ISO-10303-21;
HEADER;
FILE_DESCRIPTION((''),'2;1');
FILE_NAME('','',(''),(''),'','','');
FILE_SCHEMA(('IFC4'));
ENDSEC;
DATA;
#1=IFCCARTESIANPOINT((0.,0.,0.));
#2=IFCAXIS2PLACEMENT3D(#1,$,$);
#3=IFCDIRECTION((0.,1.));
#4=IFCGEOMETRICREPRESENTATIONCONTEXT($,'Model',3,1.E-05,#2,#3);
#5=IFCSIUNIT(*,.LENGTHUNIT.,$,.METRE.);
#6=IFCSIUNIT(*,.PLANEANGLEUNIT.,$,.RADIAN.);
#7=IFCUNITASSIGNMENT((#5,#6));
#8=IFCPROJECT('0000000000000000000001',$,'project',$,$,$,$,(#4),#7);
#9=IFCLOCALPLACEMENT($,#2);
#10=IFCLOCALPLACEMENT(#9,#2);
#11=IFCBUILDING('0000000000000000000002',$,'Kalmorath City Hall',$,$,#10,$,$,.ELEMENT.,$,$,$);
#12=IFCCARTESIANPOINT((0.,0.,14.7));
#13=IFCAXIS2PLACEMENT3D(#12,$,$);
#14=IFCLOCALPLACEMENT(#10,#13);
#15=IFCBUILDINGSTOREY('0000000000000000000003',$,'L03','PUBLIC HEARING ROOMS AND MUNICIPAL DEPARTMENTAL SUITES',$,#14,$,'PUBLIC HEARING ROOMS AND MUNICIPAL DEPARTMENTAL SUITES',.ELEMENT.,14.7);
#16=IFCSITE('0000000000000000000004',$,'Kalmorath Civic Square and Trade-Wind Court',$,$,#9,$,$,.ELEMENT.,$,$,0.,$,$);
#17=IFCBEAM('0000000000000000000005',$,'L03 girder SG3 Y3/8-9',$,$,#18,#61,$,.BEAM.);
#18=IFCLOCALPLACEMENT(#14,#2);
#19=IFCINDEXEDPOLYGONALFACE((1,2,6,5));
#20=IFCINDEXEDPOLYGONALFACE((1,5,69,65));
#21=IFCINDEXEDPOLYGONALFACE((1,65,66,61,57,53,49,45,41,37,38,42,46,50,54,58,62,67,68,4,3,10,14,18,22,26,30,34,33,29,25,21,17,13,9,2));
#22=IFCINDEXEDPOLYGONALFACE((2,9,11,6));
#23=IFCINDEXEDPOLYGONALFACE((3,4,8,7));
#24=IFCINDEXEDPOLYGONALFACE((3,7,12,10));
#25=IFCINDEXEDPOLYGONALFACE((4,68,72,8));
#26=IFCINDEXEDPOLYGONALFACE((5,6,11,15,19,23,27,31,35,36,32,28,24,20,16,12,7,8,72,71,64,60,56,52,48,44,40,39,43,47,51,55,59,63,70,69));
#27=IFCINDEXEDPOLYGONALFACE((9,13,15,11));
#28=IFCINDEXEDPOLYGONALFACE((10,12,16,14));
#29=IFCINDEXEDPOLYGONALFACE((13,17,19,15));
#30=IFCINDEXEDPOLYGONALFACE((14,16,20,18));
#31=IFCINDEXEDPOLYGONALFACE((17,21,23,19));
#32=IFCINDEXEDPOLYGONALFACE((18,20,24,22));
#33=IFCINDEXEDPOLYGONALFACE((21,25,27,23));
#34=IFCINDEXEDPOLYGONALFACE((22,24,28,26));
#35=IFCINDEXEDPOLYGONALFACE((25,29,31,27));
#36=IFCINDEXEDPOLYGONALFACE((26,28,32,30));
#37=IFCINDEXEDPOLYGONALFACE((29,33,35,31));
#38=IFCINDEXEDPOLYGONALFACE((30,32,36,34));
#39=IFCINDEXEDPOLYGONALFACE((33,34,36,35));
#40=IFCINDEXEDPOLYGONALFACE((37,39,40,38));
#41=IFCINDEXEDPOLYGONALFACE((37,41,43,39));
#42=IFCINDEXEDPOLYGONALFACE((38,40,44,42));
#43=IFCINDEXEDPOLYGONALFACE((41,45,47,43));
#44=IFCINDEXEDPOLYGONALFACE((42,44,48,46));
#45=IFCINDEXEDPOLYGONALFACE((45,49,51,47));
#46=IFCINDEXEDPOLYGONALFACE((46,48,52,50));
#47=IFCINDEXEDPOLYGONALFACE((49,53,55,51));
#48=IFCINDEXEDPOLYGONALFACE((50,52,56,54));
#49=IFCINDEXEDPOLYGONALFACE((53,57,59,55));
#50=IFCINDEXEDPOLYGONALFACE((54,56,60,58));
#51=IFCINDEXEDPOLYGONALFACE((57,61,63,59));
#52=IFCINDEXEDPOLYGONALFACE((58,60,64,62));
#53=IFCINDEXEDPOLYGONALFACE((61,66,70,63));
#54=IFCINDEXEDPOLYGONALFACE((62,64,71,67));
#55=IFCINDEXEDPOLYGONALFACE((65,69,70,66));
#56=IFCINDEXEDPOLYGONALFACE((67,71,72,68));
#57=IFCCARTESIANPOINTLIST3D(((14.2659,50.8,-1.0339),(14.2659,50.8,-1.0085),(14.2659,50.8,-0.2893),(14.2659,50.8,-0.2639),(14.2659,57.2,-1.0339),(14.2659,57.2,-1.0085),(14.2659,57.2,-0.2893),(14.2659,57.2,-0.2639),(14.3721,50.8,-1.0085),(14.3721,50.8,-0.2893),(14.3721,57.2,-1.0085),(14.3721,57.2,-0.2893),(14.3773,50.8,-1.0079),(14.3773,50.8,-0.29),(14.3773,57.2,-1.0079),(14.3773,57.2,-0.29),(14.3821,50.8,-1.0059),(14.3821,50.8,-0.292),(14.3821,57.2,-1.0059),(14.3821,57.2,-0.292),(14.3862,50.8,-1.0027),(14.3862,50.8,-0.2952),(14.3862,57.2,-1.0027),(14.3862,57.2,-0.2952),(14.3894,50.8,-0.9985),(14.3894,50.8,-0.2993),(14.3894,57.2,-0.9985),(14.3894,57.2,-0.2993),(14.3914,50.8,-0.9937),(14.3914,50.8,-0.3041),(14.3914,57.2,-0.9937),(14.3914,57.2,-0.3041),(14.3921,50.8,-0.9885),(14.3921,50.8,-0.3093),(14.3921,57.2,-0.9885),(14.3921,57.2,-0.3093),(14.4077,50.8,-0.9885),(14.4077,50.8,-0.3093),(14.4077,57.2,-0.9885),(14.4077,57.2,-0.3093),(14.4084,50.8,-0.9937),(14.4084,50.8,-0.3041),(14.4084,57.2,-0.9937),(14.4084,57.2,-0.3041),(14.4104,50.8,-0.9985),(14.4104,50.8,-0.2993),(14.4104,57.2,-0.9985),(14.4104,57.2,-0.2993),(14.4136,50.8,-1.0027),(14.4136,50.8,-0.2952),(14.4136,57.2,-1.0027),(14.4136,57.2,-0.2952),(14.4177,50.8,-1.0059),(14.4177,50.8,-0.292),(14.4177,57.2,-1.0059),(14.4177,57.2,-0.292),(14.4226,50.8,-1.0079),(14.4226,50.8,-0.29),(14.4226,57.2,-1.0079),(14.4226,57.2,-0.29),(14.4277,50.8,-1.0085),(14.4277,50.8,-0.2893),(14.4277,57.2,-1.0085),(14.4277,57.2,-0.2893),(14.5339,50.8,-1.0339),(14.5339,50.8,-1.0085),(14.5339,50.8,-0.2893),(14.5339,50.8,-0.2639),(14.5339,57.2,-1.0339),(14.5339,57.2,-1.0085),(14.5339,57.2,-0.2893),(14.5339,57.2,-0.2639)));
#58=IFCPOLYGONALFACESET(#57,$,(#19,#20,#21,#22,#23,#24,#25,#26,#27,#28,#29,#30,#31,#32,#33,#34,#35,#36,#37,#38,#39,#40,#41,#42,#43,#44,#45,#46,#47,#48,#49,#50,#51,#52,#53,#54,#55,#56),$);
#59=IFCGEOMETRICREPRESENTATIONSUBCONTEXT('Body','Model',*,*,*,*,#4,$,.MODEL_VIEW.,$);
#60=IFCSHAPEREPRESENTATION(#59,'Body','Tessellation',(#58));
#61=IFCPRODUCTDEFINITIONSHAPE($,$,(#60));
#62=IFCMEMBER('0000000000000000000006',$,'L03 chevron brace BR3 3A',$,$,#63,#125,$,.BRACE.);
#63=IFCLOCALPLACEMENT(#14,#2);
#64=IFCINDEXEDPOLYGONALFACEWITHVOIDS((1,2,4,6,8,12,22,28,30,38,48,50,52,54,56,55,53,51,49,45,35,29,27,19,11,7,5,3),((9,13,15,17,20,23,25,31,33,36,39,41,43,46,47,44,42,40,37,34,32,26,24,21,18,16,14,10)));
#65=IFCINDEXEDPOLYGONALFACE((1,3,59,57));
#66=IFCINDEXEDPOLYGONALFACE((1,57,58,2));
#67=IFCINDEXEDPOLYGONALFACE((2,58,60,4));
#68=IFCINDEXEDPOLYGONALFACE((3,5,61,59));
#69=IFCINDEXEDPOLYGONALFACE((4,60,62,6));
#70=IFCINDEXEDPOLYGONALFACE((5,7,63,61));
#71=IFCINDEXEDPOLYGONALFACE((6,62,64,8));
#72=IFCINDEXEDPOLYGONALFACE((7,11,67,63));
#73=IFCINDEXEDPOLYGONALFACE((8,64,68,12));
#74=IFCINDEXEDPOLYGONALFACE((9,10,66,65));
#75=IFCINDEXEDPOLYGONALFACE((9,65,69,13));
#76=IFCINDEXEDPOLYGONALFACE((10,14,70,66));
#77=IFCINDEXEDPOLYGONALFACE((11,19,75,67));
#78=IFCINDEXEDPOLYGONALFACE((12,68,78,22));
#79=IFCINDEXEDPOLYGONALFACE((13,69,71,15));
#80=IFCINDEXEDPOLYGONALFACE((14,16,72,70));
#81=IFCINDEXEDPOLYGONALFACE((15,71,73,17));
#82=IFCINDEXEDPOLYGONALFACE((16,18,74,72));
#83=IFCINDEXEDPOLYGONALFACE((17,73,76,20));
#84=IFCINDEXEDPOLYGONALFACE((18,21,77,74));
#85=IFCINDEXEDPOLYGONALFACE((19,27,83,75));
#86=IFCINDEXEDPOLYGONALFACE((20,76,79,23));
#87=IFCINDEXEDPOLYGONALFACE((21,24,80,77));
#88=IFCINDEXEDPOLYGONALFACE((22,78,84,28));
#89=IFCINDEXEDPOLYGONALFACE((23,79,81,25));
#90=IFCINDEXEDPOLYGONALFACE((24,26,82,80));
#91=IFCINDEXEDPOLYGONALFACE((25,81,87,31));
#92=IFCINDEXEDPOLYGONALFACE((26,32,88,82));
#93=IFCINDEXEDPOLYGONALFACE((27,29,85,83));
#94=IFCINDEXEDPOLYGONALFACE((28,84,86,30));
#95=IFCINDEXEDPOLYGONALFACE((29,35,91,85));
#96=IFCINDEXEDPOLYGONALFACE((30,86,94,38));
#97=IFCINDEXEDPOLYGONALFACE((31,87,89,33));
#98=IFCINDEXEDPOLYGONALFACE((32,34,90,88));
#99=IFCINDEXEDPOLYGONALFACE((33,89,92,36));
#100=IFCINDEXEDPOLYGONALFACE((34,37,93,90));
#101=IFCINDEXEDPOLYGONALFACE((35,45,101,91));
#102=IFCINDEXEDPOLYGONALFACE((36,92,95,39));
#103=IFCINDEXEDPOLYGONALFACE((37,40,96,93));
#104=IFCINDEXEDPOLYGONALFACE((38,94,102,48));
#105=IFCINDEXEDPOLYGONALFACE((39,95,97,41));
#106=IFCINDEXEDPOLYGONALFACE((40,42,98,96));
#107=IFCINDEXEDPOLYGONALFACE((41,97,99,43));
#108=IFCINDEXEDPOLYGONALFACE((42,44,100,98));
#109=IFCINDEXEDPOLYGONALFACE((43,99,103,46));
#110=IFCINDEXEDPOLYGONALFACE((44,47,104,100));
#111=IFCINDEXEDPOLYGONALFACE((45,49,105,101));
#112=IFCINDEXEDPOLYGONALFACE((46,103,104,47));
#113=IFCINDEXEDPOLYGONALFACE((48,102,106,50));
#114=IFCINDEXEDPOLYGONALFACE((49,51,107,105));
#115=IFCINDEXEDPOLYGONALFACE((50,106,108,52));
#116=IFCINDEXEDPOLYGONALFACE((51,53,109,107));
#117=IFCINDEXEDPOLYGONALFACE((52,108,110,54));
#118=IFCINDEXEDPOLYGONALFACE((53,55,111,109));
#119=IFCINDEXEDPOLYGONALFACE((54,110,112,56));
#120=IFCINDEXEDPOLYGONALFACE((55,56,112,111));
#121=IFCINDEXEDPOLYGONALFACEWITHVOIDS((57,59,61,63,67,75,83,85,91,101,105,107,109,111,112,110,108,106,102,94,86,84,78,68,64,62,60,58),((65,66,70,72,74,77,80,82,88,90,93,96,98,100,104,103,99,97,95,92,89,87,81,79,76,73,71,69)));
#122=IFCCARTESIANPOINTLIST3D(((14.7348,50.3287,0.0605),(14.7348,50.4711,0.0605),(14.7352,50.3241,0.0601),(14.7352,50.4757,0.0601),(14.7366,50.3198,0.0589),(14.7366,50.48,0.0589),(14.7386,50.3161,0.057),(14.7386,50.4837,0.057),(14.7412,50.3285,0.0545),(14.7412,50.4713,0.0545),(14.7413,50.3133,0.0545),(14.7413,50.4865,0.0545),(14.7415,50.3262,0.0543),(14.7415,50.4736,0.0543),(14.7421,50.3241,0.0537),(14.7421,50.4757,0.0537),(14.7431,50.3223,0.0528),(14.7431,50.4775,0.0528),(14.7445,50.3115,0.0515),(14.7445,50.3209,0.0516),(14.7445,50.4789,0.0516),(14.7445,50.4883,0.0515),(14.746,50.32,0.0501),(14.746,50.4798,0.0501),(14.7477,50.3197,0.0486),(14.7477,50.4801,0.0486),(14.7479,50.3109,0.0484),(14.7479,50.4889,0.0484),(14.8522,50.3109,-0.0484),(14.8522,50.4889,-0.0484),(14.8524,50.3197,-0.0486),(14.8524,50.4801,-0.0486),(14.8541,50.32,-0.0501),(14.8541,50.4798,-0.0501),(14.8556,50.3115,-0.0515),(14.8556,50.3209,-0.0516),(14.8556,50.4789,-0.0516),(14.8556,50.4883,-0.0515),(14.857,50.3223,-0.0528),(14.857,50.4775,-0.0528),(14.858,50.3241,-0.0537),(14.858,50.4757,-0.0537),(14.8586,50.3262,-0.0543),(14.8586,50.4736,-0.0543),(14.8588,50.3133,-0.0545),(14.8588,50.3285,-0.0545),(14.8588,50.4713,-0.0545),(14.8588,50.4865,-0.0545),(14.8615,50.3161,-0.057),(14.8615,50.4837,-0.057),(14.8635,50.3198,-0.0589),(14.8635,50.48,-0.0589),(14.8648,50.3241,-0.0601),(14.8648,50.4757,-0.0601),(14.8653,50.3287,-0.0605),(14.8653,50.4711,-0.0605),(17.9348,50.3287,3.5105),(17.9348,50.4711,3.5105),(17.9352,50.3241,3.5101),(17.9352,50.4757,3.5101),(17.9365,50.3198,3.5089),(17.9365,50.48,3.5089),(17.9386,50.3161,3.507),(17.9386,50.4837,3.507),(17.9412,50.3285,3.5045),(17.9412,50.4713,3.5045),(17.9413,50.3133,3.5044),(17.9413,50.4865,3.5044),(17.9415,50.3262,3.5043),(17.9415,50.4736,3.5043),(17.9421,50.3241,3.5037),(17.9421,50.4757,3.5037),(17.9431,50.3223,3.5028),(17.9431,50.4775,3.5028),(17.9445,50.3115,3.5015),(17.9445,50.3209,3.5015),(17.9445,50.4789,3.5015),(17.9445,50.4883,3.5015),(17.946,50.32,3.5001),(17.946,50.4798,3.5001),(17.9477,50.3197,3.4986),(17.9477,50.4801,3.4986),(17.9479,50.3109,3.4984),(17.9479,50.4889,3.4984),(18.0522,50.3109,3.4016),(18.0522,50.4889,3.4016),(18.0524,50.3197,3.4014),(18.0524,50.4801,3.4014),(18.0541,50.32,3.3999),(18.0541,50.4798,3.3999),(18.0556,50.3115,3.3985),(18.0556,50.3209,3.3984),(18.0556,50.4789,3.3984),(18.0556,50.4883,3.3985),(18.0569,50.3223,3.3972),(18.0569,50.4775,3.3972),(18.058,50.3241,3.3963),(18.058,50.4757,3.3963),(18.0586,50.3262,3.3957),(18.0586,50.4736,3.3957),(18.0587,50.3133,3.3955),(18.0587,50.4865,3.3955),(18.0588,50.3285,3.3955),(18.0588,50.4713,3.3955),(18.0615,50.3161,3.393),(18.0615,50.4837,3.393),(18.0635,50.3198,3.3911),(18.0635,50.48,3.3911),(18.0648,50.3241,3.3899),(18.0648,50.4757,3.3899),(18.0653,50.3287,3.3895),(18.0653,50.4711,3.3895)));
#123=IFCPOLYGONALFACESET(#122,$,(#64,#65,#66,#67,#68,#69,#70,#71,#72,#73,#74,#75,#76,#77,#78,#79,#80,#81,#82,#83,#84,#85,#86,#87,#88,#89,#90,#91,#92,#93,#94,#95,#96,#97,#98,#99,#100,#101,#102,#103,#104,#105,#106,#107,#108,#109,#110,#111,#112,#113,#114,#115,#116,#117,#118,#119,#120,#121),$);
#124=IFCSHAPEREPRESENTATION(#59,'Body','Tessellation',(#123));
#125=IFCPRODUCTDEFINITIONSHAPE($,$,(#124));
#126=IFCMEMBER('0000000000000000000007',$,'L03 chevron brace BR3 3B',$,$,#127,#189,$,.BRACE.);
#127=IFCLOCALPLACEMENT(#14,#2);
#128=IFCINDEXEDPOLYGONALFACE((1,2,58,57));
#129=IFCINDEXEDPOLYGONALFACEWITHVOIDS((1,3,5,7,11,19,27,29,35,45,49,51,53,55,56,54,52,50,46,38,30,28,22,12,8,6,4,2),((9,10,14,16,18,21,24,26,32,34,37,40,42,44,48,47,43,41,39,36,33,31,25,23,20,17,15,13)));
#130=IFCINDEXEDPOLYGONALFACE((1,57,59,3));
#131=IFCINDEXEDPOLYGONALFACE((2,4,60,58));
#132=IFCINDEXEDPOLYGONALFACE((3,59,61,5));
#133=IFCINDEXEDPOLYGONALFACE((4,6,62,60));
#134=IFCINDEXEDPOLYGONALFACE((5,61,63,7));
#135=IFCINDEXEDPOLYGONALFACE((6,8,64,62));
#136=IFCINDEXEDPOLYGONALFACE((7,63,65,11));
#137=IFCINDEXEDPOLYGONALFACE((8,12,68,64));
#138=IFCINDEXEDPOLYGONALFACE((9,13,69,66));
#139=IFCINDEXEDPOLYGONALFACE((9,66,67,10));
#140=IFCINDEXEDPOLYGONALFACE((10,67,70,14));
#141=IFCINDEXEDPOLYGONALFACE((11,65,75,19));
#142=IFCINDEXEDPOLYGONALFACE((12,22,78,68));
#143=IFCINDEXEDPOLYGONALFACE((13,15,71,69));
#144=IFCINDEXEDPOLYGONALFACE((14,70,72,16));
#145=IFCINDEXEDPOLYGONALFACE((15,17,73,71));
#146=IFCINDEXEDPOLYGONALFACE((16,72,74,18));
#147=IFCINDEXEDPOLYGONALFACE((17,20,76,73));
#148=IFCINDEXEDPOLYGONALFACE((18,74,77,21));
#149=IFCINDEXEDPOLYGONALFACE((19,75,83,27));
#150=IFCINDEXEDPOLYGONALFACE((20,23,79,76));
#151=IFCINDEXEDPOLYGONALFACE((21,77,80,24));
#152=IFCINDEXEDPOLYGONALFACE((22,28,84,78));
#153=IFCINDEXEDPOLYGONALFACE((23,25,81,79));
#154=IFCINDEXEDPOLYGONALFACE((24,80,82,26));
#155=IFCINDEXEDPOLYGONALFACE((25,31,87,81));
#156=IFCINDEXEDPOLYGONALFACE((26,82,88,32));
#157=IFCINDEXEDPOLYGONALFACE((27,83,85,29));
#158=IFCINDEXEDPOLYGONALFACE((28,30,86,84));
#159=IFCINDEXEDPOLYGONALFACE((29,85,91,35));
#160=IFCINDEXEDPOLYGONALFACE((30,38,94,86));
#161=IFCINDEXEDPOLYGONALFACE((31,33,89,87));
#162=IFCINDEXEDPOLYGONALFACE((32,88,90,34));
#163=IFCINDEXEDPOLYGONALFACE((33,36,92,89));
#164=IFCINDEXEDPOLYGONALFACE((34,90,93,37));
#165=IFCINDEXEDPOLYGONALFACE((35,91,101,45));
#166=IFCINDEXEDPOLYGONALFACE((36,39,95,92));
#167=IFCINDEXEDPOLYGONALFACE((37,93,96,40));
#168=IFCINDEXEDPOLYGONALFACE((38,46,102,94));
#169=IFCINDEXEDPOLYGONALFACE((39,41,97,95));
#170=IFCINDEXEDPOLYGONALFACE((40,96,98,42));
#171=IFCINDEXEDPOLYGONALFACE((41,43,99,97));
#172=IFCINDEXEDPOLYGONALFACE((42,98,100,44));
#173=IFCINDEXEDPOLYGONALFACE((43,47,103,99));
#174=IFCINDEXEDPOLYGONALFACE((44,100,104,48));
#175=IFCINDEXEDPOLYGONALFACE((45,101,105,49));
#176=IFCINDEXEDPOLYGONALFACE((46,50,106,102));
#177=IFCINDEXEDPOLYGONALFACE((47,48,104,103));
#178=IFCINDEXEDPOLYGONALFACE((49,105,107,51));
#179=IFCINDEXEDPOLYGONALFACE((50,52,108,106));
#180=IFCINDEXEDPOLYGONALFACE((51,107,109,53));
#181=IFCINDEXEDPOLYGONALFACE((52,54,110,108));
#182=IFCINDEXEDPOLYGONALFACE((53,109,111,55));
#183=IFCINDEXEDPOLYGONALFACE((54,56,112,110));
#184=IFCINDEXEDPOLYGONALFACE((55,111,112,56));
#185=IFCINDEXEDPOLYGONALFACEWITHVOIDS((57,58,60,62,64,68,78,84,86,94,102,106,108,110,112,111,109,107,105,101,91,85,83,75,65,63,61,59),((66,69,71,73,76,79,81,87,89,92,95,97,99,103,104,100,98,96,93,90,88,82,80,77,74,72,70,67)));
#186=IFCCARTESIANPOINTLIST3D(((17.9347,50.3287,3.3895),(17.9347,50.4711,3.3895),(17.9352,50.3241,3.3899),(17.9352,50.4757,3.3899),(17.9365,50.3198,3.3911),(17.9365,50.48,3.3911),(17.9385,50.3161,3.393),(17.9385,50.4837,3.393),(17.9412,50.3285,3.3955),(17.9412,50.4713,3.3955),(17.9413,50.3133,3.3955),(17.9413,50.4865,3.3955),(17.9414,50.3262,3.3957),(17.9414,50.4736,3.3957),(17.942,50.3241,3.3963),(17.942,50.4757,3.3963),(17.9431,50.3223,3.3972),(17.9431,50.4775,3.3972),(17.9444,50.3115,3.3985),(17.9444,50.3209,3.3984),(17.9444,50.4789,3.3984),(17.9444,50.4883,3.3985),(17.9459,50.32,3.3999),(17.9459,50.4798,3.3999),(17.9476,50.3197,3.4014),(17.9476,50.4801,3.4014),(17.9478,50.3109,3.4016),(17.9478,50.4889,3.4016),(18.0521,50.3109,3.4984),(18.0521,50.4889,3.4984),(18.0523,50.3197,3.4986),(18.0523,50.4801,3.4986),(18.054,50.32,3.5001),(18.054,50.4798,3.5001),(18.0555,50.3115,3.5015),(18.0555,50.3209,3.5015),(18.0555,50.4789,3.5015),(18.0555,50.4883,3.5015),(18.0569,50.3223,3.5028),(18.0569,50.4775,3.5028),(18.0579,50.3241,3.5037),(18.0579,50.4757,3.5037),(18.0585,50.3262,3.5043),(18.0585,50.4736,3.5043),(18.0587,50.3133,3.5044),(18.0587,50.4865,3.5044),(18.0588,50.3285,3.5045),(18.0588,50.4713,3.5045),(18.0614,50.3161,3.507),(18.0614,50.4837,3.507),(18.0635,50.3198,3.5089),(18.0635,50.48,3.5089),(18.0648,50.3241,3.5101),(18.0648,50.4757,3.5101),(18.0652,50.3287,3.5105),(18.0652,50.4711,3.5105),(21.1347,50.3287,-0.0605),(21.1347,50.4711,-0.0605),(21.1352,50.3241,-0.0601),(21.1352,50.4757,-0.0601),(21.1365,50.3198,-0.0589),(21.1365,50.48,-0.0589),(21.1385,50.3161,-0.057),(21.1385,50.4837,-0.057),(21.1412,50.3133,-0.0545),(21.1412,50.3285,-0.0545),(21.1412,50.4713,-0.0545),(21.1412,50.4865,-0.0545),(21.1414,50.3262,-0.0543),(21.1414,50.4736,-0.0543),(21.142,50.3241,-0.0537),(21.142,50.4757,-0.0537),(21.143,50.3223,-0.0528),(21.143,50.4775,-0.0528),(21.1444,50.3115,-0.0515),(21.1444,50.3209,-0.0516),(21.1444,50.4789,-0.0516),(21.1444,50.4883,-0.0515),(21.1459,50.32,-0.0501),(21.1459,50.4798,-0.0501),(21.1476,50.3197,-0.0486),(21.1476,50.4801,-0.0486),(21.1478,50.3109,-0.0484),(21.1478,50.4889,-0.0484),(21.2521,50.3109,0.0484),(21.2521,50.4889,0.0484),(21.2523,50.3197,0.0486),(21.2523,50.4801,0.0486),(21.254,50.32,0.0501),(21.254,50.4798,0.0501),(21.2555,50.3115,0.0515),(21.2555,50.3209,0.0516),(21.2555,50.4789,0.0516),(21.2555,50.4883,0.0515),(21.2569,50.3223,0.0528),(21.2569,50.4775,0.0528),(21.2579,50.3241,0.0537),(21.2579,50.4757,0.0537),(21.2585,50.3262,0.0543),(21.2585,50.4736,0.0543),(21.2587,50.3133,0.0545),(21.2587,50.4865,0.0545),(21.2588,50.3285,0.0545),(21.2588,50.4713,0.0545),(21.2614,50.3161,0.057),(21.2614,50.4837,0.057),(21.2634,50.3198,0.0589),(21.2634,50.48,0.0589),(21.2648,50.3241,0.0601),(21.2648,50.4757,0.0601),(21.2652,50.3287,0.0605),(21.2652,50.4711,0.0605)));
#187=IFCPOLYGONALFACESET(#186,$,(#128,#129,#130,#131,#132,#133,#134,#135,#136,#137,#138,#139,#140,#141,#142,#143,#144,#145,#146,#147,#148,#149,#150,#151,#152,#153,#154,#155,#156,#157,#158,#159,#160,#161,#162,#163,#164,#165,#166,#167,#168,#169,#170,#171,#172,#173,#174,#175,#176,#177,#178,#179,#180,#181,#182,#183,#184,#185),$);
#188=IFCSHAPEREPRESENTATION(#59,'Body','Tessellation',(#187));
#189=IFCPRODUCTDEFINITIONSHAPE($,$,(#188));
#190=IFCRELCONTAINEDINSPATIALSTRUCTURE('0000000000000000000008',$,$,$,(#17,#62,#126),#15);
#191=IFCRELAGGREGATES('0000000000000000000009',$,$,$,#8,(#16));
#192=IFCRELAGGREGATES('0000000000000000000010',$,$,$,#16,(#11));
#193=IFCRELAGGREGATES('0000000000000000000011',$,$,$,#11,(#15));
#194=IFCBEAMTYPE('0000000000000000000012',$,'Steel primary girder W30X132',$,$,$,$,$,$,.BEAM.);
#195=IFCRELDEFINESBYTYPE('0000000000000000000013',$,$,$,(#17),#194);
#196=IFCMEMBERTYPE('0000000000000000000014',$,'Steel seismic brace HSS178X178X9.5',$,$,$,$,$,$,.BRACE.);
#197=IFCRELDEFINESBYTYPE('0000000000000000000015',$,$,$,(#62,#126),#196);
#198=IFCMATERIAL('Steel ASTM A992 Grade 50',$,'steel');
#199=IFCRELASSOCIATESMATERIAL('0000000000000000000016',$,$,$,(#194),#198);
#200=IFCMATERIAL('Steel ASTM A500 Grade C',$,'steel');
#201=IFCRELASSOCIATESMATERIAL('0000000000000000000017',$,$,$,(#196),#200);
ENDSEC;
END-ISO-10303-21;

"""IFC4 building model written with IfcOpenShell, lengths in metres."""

from ifc_helpers import new_model, si_unit, direction, frame, origin, origin_2d, place, context, subcontext, project, spatial, hollow_rectangle, i_section, extrude, material, material_profile, profile_set, type_object, element, save


model = new_model("IFC4")

# Units and contexts
model_context = context("Model", 3, precision=1e-05, world=origin(), true_north=direction((0.0, 1.0)))
body_context = subcontext(model_context, "Body", "Model", "MODEL_VIEW")
ifc_project = project(units=[si_unit("LENGTHUNIT", "METRE"), si_unit("PLANEANGLEUNIT", "RADIAN")], contexts=[model_context])

# Site, building, storey
site_placement = place(None, origin())
site = spatial("IfcSite", under=ifc_project, at=site_placement, Name="Kalmorath Civic Square and Trade-Wind Court", CompositionType="ELEMENT", RefElevation=0.0)
building_placement = place(site_placement, origin())
building = spatial("IfcBuilding", under=site, at=building_placement, Name="Kalmorath City Hall", CompositionType="ELEMENT")
storey_placement = place(building_placement, frame((0.0, 0.0, 14.7)))
storey = spatial("IfcBuildingStorey", under=building, at=storey_placement, Name="L03", Description="PUBLIC HEARING ROOMS AND MUNICIPAL DEPARTMENTAL SUITES", LongName="PUBLIC HEARING ROOMS AND MUNICIPAL DEPARTMENTAL SUITES", CompositionType="ELEMENT", Elevation=14.7)

# Beam
ifc_material_1 = material(Name="Steel ASTM A992 Grade 50", Category="steel")
ifc_material_profile_1 = material_profile(ifc_material_1, i_section(OverallWidth=0.2681, OverallDepth=0.77, WebThickness=0.0156, FlangeThickness=0.0254, FilletRadius=0.02, at=origin_2d()), Name="W30X132")
ifc_profile_set_1 = profile_set([ifc_material_profile_1], Name="Steel ASTM A992 Grade 50")
beam_type_1 = type_object("IfcBeamType", Name="Steel primary girder W30X132", PredefinedType="BEAM", material=ifc_profile_set_1)
for number, where, z_axis, x_axis, name in (
    (1, (14.3999, 50.8, -0.6489), (0.0, 1.0, 0.0), (-1.0, 0.0, 0.0), "L03 girder SG3 Y3/8-9"),
):
    element("IfcBeam", number, at=place(storey_placement, frame(where, z_axis=z_axis, x_axis=x_axis)), inside=storey, type_object=beam_type_1, Name=name, PredefinedType="BEAM", context=body_context, shape_type="SweptSolid", body=[
        extrude(i_section(OverallWidth=0.2681, OverallDepth=0.77, WebThickness=0.0156, FlangeThickness=0.0254, FilletRadius=0.02, at=origin_2d()), origin(), (0.0, 0.0, 1.0), 6.3999),
    ])

# Members
ifc_material_2 = material(Name="Steel ASTM A500 Grade C", Category="steel")
ifc_material_profile_2 = material_profile(ifc_material_2, hollow_rectangle(XDim=0.178, YDim=0.178, WallThickness=0.0088, InnerFilletRadius=0.0088, OuterFilletRadius=0.0178, at=origin_2d()), Name="HSS178X178X9.5")
ifc_profile_set_2 = profile_set([ifc_material_profile_2], Name="Steel ASTM A500 Grade C")
member_type = type_object("IfcMemberType", Name="Steel seismic brace HSS178X178X9.5", PredefinedType="BRACE", material=ifc_profile_set_2)
for number, where, z_axis, x_axis, name in (
    (2, (14.8, 50.3999, 0.0), (0.680043, 0.0, 0.733172), (0.0, 1.0, 0.0), "L03 chevron brace BR3 3A"),
    (3, (21.2, 50.3999, 0.0), (-0.680043, 0.0, 0.733172), (0.0, -1.0, 0.0), "L03 chevron brace BR3 3B"),
):
    element("IfcMember", number, at=place(storey_placement, frame(where, z_axis=z_axis, x_axis=x_axis)), inside=storey, type_object=member_type, Name=name, PredefinedType="BRACE", context=body_context, shape_type="SweptSolid", body=[
        extrude(hollow_rectangle(XDim=0.178, YDim=0.178, WallThickness=0.0088, InnerFilletRadius=0.0088, OuterFilletRadius=0.0178, at=origin_2d()), origin(), (0.0, 0.0, 1.0), 4.7056),
    ])

save(model, "model.ifc")
